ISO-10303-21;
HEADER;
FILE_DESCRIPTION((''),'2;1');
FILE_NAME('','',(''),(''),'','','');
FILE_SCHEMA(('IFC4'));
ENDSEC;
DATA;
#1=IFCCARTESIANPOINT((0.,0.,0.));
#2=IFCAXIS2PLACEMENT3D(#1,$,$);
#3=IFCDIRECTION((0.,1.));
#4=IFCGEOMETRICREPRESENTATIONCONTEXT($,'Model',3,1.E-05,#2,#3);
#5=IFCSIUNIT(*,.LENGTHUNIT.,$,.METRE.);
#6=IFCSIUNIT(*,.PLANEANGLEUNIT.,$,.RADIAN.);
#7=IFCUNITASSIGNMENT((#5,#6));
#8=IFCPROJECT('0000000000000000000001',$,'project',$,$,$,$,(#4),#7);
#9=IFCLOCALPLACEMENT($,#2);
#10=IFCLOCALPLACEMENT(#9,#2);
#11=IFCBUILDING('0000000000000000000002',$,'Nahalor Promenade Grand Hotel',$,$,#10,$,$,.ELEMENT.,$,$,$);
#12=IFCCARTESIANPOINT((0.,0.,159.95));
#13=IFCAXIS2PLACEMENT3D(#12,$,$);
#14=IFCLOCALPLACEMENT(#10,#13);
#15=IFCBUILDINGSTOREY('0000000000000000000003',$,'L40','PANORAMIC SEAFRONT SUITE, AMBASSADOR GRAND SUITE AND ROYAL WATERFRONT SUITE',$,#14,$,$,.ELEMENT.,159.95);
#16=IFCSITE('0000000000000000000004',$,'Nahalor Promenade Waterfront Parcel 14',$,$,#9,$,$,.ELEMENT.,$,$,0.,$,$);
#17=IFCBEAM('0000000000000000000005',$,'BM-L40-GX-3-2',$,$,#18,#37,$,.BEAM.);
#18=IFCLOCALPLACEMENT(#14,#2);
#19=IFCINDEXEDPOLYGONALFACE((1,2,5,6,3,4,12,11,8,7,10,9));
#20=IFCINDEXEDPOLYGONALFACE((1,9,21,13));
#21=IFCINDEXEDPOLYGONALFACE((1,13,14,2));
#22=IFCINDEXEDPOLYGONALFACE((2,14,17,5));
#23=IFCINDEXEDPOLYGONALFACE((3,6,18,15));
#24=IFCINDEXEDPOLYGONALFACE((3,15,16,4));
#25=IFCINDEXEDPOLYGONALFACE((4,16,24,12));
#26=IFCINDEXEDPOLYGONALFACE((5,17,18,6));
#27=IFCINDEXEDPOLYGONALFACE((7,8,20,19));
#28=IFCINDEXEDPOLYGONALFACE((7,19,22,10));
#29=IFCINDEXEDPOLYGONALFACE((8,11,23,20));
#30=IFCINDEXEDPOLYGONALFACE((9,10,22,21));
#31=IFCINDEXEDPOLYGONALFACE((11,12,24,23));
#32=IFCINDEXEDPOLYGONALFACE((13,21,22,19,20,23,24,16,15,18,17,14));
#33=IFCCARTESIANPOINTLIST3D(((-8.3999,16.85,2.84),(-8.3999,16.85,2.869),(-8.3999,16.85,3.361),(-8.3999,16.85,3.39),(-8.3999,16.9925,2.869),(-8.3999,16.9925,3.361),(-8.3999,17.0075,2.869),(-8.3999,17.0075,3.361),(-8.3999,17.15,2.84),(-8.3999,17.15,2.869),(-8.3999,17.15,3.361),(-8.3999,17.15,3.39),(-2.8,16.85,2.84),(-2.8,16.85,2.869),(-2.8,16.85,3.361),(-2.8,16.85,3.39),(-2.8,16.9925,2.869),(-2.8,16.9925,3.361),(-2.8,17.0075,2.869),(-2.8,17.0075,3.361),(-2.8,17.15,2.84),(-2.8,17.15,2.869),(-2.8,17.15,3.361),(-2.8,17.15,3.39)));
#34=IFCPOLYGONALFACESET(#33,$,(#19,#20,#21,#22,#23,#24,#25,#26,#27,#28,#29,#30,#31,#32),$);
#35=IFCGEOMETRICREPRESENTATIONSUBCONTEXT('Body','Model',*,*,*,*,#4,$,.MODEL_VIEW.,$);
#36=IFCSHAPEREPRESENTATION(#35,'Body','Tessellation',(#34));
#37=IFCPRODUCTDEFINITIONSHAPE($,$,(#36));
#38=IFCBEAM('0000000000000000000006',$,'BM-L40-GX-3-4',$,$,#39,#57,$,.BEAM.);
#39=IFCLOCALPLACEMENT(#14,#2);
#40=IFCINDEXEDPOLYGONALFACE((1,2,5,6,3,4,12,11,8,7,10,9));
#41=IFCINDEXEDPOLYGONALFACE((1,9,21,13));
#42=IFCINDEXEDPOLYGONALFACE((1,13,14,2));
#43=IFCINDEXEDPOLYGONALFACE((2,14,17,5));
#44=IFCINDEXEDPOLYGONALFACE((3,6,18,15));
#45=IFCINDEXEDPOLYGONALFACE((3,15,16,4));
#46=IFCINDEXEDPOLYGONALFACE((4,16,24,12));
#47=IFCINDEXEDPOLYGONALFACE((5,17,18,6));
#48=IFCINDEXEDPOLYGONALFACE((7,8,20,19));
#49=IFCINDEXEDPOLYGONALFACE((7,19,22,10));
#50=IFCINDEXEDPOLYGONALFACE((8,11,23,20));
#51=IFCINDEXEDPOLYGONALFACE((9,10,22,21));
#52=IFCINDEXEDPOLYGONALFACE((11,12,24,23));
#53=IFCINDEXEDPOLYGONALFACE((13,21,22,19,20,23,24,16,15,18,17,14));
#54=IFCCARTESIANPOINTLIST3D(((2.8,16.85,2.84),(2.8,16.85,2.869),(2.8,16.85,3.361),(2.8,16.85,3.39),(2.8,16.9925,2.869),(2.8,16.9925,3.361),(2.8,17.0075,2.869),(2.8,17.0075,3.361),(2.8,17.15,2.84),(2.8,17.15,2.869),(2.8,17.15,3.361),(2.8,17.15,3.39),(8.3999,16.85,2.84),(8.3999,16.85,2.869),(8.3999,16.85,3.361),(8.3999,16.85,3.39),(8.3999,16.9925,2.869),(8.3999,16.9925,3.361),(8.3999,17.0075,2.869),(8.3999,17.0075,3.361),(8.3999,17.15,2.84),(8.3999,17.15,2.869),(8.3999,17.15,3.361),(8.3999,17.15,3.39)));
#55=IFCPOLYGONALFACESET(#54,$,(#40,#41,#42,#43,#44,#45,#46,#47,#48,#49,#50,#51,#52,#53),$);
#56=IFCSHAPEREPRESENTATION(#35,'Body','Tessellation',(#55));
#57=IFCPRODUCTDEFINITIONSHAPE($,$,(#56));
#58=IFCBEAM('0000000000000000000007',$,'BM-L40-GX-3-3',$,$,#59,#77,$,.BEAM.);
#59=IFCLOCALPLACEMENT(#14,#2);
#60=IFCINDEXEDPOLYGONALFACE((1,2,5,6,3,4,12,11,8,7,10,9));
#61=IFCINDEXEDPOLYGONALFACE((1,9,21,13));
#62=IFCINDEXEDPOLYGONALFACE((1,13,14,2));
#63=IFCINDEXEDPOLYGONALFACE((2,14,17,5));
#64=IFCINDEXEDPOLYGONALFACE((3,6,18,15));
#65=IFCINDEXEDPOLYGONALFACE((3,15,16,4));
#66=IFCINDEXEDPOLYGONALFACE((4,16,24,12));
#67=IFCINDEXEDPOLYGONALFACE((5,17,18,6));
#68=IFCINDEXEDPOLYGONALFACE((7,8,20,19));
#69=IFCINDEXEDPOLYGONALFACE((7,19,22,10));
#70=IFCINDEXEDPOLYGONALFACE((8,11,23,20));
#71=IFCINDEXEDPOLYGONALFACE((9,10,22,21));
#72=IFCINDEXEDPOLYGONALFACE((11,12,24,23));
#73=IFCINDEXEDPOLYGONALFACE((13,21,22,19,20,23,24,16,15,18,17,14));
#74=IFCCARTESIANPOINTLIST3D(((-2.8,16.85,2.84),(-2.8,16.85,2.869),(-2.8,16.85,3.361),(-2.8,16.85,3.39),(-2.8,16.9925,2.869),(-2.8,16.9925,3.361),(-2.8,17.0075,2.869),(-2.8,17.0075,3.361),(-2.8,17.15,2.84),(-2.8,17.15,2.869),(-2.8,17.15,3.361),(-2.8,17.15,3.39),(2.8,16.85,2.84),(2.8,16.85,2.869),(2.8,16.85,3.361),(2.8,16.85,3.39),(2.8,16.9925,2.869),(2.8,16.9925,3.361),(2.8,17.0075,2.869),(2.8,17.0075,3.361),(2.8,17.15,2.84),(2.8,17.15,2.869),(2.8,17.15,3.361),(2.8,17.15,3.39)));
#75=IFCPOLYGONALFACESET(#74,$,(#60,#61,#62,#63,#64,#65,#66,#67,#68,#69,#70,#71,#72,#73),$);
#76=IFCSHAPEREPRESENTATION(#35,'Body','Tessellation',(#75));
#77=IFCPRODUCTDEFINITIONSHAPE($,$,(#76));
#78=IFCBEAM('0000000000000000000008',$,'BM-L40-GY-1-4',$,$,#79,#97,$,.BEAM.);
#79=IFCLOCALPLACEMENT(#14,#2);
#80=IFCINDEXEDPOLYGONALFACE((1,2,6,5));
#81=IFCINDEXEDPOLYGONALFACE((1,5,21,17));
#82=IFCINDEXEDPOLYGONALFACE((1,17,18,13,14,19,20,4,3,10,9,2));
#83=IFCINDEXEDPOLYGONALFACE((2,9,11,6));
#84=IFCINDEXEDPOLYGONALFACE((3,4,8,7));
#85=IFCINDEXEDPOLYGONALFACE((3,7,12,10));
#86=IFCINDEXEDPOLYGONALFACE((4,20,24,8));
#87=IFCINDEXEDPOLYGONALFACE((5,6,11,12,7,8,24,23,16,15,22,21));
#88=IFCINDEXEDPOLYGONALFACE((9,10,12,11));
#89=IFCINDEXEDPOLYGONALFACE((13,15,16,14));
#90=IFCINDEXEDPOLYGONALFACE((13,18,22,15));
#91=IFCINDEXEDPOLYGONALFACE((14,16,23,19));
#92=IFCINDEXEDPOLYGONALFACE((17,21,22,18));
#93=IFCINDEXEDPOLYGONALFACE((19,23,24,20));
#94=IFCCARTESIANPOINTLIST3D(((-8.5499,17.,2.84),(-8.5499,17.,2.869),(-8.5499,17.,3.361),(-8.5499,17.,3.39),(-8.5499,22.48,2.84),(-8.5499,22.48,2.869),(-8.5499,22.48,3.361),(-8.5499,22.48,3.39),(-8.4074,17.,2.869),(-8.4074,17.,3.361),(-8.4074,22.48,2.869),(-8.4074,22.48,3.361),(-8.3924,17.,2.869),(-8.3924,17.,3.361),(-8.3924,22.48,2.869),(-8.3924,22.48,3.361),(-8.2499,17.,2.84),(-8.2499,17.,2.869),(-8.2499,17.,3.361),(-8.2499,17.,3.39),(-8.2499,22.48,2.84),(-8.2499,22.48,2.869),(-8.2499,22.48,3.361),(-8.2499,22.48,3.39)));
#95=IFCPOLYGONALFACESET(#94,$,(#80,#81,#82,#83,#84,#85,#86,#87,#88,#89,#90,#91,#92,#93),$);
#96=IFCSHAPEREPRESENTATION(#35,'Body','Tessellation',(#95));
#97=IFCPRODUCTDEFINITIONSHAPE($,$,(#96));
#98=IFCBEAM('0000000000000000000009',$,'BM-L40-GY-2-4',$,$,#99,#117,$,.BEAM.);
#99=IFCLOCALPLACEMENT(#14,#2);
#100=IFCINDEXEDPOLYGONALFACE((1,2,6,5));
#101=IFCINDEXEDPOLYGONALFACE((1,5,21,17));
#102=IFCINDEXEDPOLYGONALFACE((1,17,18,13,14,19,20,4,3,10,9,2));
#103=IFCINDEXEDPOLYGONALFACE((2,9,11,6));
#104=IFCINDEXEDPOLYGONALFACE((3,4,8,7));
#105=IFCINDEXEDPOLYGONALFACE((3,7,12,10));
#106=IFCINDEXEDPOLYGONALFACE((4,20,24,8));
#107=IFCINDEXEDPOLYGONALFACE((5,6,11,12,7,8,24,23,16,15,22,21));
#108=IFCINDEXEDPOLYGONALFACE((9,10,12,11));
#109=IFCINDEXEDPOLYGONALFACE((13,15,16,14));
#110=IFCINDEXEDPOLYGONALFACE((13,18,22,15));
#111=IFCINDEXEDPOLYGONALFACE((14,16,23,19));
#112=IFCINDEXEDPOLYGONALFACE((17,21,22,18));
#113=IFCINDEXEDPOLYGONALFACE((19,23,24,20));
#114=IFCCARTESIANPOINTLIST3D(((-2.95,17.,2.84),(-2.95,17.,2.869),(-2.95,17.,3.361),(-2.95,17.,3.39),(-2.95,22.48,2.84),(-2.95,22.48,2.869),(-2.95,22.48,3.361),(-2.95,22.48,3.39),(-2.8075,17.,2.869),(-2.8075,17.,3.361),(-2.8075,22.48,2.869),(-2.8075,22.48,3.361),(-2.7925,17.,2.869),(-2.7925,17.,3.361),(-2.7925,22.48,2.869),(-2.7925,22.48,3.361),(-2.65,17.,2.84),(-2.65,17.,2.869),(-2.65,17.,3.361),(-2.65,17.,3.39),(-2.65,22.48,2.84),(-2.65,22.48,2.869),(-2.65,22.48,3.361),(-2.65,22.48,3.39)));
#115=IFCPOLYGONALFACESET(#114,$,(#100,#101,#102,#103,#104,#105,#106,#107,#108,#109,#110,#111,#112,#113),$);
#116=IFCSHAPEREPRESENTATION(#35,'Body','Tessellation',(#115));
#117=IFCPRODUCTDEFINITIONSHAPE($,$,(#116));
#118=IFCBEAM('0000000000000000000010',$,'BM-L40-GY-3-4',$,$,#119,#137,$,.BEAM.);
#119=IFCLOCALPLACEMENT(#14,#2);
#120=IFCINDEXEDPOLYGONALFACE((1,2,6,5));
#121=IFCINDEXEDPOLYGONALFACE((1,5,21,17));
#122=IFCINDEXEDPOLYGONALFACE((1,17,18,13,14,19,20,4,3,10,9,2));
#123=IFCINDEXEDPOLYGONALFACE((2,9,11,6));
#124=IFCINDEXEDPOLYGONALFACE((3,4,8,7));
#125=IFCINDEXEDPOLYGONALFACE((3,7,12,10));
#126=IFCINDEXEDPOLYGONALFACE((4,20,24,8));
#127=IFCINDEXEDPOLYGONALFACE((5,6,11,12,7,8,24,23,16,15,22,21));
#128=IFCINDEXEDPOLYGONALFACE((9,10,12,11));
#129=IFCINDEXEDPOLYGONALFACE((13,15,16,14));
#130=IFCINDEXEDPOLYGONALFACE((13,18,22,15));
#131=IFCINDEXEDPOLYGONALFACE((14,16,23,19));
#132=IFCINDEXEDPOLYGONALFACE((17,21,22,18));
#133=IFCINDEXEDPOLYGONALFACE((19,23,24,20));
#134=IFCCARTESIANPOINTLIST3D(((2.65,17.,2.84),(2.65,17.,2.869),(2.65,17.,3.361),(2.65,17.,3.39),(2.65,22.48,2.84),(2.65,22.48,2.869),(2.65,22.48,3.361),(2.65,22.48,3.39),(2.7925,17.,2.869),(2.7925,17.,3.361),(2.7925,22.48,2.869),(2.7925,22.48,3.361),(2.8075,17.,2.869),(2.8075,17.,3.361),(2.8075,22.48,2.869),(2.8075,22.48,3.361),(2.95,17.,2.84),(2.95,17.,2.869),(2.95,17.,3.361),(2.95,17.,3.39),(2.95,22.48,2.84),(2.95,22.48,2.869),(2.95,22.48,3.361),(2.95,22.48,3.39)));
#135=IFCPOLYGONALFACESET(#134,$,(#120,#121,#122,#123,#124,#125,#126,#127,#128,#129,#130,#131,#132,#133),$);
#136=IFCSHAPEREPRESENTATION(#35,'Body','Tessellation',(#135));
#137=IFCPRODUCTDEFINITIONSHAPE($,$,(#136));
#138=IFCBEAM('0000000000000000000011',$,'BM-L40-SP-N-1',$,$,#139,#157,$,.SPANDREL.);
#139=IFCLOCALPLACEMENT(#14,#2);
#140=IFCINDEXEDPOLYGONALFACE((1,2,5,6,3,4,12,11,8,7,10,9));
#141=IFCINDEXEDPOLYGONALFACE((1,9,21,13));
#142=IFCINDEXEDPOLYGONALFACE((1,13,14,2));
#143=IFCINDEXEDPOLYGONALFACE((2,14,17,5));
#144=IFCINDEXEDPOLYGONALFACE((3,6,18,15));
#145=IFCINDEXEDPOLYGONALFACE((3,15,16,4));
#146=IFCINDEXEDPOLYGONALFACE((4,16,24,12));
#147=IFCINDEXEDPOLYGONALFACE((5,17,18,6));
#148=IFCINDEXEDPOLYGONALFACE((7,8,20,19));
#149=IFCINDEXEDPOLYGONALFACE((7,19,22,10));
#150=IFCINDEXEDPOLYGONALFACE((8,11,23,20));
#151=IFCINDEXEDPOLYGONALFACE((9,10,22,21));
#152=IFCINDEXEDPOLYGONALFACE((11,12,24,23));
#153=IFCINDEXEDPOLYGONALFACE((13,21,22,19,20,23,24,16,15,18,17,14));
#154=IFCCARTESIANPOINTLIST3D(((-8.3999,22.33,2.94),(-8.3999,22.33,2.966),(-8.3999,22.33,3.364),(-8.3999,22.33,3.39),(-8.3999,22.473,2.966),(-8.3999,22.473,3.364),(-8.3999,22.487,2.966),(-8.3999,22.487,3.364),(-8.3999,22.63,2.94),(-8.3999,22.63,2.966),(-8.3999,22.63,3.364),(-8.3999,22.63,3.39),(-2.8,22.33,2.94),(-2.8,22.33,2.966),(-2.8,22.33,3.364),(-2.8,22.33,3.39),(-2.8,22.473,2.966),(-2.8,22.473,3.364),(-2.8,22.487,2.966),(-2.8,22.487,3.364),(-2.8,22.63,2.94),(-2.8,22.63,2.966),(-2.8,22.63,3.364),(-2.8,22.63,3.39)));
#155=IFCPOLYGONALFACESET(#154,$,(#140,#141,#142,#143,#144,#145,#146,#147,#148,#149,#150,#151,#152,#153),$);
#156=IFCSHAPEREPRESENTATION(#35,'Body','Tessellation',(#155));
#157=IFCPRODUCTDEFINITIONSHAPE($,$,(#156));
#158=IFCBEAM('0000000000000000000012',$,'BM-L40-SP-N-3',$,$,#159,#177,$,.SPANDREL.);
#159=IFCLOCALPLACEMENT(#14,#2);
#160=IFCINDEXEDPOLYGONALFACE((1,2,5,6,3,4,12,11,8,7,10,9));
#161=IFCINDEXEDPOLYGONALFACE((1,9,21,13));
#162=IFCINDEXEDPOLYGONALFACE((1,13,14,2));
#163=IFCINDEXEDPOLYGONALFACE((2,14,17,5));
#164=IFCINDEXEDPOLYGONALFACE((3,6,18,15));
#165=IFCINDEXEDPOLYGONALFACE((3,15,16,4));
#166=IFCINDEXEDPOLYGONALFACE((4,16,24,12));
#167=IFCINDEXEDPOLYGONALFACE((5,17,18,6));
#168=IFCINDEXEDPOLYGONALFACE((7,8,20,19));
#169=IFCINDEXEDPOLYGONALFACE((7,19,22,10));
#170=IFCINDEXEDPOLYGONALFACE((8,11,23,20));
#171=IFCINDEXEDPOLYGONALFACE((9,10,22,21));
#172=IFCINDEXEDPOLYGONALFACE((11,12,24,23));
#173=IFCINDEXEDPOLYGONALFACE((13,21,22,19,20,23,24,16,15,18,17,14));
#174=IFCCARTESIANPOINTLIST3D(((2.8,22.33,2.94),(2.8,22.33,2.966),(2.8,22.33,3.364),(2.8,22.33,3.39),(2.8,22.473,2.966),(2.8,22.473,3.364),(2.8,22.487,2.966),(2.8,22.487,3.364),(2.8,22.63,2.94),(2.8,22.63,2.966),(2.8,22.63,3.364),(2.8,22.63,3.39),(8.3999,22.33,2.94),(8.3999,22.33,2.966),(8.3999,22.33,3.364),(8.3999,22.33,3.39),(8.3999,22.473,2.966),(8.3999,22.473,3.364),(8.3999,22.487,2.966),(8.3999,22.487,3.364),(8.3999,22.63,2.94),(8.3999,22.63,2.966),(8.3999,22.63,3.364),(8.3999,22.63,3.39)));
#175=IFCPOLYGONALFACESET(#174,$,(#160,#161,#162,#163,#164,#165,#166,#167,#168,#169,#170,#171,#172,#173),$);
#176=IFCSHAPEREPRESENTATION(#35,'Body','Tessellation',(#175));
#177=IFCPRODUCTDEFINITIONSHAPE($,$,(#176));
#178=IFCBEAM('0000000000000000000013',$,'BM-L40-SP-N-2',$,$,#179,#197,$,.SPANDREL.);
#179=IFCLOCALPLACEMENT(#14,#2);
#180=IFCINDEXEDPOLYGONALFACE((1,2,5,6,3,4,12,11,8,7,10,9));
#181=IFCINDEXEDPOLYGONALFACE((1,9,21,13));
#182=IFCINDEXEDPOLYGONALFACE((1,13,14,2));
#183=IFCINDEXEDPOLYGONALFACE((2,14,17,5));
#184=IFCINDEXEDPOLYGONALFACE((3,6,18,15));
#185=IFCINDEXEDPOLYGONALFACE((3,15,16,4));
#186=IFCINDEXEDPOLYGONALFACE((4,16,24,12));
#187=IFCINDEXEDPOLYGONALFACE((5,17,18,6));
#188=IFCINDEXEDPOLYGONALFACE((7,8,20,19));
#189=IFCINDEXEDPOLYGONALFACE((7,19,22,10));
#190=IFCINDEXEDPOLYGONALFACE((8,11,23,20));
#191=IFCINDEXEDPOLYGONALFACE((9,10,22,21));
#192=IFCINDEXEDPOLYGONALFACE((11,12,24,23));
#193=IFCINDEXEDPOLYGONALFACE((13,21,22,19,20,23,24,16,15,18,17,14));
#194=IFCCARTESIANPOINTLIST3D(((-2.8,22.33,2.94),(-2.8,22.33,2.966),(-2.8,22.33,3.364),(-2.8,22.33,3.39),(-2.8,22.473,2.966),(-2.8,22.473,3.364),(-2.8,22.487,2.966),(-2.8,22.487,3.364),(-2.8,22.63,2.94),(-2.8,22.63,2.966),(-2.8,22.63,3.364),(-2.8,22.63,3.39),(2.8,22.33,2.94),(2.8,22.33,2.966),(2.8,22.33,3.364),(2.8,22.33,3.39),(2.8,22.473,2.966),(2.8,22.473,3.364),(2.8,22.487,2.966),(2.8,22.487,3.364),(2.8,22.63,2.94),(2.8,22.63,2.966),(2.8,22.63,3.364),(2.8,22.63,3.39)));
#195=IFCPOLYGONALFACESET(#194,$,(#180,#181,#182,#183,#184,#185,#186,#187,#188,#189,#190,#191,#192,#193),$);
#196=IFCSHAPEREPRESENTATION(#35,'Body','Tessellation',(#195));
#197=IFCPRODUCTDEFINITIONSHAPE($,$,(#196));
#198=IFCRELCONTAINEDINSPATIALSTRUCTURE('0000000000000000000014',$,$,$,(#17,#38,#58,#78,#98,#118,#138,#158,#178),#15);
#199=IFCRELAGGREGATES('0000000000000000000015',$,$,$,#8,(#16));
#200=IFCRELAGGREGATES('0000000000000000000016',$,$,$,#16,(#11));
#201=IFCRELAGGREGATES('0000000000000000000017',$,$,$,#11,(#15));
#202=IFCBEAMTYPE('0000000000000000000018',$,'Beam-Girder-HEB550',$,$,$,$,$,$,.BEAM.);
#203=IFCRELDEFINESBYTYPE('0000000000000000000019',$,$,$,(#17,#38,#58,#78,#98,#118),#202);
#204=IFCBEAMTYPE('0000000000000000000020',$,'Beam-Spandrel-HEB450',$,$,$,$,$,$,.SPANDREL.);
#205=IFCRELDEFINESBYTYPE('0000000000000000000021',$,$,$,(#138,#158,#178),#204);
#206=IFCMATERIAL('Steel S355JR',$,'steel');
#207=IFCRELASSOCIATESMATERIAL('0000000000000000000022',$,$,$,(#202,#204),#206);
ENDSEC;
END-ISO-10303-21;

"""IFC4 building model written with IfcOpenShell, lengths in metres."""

from ifc_helpers import new_model, si_unit, direction, frame, origin, origin_2d, place, context, subcontext, project, spatial, i_section, extrude, source, transform, mapped, material, material_profile, profile_set, type_object, element, save


model = new_model("IFC4")

# Units and contexts
model_context = context("Model", 3, precision=1e-05, world=origin(), true_north=direction((0.0, 1.0)))
body_context = subcontext(model_context, "Body", "Model", "MODEL_VIEW")
ifc_project = project(units=[si_unit("LENGTHUNIT", "METRE"), si_unit("PLANEANGLEUNIT", "RADIAN")], contexts=[model_context])

# Site, building, storey
site_placement = place(None, origin())
site = spatial("IfcSite", under=ifc_project, at=site_placement, Name="Nahalor Promenade Waterfront Parcel 14", CompositionType="ELEMENT", RefElevation=0.0)
building_placement = place(site_placement, origin())
building = spatial("IfcBuilding", under=site, at=building_placement, Name="Nahalor Promenade Grand Hotel", CompositionType="ELEMENT")
storey_placement = place(building_placement, frame((0.0, 0.0, 159.95)))
storey = spatial("IfcBuildingStorey", under=building, at=storey_placement, Name="L40", Description="PANORAMIC SEAFRONT SUITE, AMBASSADOR GRAND SUITE AND ROYAL WATERFRONT SUITE", CompositionType="ELEMENT", Elevation=159.95)

# Beams
ifc_material_1 = material(Name="Steel S355JR", Category="steel")
ifc_material_profile_1 = material_profile(ifc_material_1, i_section(OverallWidth=0.3, OverallDepth=0.55, WebThickness=0.015, FlangeThickness=0.029, at=origin_2d()), Name="HEB 550")
ifc_profile_set_1 = profile_set([ifc_material_profile_1], Name="Steel S355JR")
beam_type_1 = type_object("IfcBeamType", Name="Beam-Girder-HEB550", PredefinedType="BEAM", material=ifc_profile_set_1)
shared_shape_1 = source(origin(), body_context, "Body", "SweptSolid", [
    extrude(i_section(OverallWidth=0.3, OverallDepth=0.55, WebThickness=0.015, FlangeThickness=0.029, at=origin_2d()), origin(), (0.0, 0.0, 1.0), 5.5999),
])
for number, where, z_axis, x_axis, name in (
    (1, (-8.3999, 17.0, 3.115), (1.0, 0.0, 0.0), (0.0, 1.0, 0.0), "BM-L40-GX-3-2"),
    (2, (2.8, 17.0, 3.115), (1.0, 0.0, 0.0), (0.0, 1.0, 0.0), "BM-L40-GX-3-4"),
):
    element("IfcBeam", number, at=place(storey_placement, frame(where, z_axis=z_axis, x_axis=x_axis)), inside=storey, type_object=beam_type_1, Name=name, PredefinedType="BEAM", context=body_context, shape_type="MappedRepresentation", body=[
        mapped(shared_shape_1, transform((0.0, 0.0, 0.0), scale=1.0)),
    ])
shared_shape_2 = source(origin(), body_context, "Body", "SweptSolid", [
    extrude(i_section(OverallWidth=0.3, OverallDepth=0.55, WebThickness=0.015, FlangeThickness=0.029, at=origin_2d()), origin(), (0.0, 0.0, 1.0), 5.6001),
])
beam_1_placement = place(storey_placement, frame((-2.8, 17.0, 3.115), z_axis=(1.0, 0.0, 0.0), x_axis=(0.0, 1.0, 0.0)))
element("IfcBeam", 3, at=beam_1_placement, inside=storey, type_object=beam_type_1, Name="BM-L40-GX-3-3", PredefinedType="BEAM", context=body_context, shape_type="MappedRepresentation", body=[
    mapped(shared_shape_2, transform((0.0, 0.0, 0.0), scale=1.0)),
])
shared_shape_3 = source(origin(), body_context, "Body", "SweptSolid", [
    extrude(i_section(OverallWidth=0.3, OverallDepth=0.55, WebThickness=0.015, FlangeThickness=0.029, at=origin_2d()), origin(), (0.0, 0.0, 1.0), 5.48),
])
for number, where, z_axis, x_axis, name in (
    (4, (-8.3999, 17.0, 3.115), (0.0, 1.0, 0.0), (-1.0, 0.0, 0.0), "BM-L40-GY-1-4"),
    (5, (-2.8, 17.0, 3.115), (0.0, 1.0, 0.0), (-1.0, 0.0, 0.0), "BM-L40-GY-2-4"),
    (6, (2.8, 17.0, 3.115), (0.0, 1.0, 0.0), (-1.0, 0.0, 0.0), "BM-L40-GY-3-4"),
):
    element("IfcBeam", number, at=place(storey_placement, frame(where, z_axis=z_axis, x_axis=x_axis)), inside=storey, type_object=beam_type_1, Name=name, PredefinedType="BEAM", context=body_context, shape_type="MappedRepresentation", body=[
        mapped(shared_shape_3, transform((0.0, 0.0, 0.0), scale=1.0)),
    ])
ifc_material_profile_2 = material_profile(ifc_material_1, i_section(OverallWidth=0.3, OverallDepth=0.45, WebThickness=0.014, FlangeThickness=0.026, at=origin_2d()), Name="HEB 450")
ifc_profile_set_2 = profile_set([ifc_material_profile_2], Name="Steel S355JR")
beam_type_2 = type_object("IfcBeamType", Name="Beam-Spandrel-HEB450", PredefinedType="SPANDREL", material=ifc_profile_set_2)
shared_shape_4 = source(origin(), body_context, "Body", "SweptSolid", [
    extrude(i_section(OverallWidth=0.3, OverallDepth=0.45, WebThickness=0.014, FlangeThickness=0.026, at=origin_2d()), origin(), (0.0, 0.0, 1.0), 5.5999),
])
for number, where, z_axis, x_axis, name in (
    (7, (-8.3999, 22.48, 3.165), (1.0, 0.0, 0.0), (0.0, 1.0, 0.0), "BM-L40-SP-N-1"),
    (8, (2.8, 22.48, 3.165), (1.0, 0.0, 0.0), (0.0, 1.0, 0.0), "BM-L40-SP-N-3"),
):
    element("IfcBeam", number, at=place(storey_placement, frame(where, z_axis=z_axis, x_axis=x_axis)), inside=storey, type_object=beam_type_2, Name=name, PredefinedType="SPANDREL", context=body_context, shape_type="MappedRepresentation", body=[
        mapped(shared_shape_4, transform((0.0, 0.0, 0.0), scale=1.0)),
    ])
shared_shape_5 = source(origin(), body_context, "Body", "SweptSolid", [
    extrude(i_section(OverallWidth=0.3, OverallDepth=0.45, WebThickness=0.014, FlangeThickness=0.026, at=origin_2d()), origin(), (0.0, 0.0, 1.0), 5.6001),
])
beam_2_placement = place(storey_placement, frame((-2.8, 22.48, 3.165), z_axis=(1.0, 0.0, 0.0), x_axis=(0.0, 1.0, 0.0)))
element("IfcBeam", 9, at=beam_2_placement, inside=storey, type_object=beam_type_2, Name="BM-L40-SP-N-2", PredefinedType="SPANDREL", context=body_context, shape_type="MappedRepresentation", body=[
    mapped(shared_shape_5, transform((0.0, 0.0, 0.0), scale=1.0)),
])

save(model, "model.ifc")
